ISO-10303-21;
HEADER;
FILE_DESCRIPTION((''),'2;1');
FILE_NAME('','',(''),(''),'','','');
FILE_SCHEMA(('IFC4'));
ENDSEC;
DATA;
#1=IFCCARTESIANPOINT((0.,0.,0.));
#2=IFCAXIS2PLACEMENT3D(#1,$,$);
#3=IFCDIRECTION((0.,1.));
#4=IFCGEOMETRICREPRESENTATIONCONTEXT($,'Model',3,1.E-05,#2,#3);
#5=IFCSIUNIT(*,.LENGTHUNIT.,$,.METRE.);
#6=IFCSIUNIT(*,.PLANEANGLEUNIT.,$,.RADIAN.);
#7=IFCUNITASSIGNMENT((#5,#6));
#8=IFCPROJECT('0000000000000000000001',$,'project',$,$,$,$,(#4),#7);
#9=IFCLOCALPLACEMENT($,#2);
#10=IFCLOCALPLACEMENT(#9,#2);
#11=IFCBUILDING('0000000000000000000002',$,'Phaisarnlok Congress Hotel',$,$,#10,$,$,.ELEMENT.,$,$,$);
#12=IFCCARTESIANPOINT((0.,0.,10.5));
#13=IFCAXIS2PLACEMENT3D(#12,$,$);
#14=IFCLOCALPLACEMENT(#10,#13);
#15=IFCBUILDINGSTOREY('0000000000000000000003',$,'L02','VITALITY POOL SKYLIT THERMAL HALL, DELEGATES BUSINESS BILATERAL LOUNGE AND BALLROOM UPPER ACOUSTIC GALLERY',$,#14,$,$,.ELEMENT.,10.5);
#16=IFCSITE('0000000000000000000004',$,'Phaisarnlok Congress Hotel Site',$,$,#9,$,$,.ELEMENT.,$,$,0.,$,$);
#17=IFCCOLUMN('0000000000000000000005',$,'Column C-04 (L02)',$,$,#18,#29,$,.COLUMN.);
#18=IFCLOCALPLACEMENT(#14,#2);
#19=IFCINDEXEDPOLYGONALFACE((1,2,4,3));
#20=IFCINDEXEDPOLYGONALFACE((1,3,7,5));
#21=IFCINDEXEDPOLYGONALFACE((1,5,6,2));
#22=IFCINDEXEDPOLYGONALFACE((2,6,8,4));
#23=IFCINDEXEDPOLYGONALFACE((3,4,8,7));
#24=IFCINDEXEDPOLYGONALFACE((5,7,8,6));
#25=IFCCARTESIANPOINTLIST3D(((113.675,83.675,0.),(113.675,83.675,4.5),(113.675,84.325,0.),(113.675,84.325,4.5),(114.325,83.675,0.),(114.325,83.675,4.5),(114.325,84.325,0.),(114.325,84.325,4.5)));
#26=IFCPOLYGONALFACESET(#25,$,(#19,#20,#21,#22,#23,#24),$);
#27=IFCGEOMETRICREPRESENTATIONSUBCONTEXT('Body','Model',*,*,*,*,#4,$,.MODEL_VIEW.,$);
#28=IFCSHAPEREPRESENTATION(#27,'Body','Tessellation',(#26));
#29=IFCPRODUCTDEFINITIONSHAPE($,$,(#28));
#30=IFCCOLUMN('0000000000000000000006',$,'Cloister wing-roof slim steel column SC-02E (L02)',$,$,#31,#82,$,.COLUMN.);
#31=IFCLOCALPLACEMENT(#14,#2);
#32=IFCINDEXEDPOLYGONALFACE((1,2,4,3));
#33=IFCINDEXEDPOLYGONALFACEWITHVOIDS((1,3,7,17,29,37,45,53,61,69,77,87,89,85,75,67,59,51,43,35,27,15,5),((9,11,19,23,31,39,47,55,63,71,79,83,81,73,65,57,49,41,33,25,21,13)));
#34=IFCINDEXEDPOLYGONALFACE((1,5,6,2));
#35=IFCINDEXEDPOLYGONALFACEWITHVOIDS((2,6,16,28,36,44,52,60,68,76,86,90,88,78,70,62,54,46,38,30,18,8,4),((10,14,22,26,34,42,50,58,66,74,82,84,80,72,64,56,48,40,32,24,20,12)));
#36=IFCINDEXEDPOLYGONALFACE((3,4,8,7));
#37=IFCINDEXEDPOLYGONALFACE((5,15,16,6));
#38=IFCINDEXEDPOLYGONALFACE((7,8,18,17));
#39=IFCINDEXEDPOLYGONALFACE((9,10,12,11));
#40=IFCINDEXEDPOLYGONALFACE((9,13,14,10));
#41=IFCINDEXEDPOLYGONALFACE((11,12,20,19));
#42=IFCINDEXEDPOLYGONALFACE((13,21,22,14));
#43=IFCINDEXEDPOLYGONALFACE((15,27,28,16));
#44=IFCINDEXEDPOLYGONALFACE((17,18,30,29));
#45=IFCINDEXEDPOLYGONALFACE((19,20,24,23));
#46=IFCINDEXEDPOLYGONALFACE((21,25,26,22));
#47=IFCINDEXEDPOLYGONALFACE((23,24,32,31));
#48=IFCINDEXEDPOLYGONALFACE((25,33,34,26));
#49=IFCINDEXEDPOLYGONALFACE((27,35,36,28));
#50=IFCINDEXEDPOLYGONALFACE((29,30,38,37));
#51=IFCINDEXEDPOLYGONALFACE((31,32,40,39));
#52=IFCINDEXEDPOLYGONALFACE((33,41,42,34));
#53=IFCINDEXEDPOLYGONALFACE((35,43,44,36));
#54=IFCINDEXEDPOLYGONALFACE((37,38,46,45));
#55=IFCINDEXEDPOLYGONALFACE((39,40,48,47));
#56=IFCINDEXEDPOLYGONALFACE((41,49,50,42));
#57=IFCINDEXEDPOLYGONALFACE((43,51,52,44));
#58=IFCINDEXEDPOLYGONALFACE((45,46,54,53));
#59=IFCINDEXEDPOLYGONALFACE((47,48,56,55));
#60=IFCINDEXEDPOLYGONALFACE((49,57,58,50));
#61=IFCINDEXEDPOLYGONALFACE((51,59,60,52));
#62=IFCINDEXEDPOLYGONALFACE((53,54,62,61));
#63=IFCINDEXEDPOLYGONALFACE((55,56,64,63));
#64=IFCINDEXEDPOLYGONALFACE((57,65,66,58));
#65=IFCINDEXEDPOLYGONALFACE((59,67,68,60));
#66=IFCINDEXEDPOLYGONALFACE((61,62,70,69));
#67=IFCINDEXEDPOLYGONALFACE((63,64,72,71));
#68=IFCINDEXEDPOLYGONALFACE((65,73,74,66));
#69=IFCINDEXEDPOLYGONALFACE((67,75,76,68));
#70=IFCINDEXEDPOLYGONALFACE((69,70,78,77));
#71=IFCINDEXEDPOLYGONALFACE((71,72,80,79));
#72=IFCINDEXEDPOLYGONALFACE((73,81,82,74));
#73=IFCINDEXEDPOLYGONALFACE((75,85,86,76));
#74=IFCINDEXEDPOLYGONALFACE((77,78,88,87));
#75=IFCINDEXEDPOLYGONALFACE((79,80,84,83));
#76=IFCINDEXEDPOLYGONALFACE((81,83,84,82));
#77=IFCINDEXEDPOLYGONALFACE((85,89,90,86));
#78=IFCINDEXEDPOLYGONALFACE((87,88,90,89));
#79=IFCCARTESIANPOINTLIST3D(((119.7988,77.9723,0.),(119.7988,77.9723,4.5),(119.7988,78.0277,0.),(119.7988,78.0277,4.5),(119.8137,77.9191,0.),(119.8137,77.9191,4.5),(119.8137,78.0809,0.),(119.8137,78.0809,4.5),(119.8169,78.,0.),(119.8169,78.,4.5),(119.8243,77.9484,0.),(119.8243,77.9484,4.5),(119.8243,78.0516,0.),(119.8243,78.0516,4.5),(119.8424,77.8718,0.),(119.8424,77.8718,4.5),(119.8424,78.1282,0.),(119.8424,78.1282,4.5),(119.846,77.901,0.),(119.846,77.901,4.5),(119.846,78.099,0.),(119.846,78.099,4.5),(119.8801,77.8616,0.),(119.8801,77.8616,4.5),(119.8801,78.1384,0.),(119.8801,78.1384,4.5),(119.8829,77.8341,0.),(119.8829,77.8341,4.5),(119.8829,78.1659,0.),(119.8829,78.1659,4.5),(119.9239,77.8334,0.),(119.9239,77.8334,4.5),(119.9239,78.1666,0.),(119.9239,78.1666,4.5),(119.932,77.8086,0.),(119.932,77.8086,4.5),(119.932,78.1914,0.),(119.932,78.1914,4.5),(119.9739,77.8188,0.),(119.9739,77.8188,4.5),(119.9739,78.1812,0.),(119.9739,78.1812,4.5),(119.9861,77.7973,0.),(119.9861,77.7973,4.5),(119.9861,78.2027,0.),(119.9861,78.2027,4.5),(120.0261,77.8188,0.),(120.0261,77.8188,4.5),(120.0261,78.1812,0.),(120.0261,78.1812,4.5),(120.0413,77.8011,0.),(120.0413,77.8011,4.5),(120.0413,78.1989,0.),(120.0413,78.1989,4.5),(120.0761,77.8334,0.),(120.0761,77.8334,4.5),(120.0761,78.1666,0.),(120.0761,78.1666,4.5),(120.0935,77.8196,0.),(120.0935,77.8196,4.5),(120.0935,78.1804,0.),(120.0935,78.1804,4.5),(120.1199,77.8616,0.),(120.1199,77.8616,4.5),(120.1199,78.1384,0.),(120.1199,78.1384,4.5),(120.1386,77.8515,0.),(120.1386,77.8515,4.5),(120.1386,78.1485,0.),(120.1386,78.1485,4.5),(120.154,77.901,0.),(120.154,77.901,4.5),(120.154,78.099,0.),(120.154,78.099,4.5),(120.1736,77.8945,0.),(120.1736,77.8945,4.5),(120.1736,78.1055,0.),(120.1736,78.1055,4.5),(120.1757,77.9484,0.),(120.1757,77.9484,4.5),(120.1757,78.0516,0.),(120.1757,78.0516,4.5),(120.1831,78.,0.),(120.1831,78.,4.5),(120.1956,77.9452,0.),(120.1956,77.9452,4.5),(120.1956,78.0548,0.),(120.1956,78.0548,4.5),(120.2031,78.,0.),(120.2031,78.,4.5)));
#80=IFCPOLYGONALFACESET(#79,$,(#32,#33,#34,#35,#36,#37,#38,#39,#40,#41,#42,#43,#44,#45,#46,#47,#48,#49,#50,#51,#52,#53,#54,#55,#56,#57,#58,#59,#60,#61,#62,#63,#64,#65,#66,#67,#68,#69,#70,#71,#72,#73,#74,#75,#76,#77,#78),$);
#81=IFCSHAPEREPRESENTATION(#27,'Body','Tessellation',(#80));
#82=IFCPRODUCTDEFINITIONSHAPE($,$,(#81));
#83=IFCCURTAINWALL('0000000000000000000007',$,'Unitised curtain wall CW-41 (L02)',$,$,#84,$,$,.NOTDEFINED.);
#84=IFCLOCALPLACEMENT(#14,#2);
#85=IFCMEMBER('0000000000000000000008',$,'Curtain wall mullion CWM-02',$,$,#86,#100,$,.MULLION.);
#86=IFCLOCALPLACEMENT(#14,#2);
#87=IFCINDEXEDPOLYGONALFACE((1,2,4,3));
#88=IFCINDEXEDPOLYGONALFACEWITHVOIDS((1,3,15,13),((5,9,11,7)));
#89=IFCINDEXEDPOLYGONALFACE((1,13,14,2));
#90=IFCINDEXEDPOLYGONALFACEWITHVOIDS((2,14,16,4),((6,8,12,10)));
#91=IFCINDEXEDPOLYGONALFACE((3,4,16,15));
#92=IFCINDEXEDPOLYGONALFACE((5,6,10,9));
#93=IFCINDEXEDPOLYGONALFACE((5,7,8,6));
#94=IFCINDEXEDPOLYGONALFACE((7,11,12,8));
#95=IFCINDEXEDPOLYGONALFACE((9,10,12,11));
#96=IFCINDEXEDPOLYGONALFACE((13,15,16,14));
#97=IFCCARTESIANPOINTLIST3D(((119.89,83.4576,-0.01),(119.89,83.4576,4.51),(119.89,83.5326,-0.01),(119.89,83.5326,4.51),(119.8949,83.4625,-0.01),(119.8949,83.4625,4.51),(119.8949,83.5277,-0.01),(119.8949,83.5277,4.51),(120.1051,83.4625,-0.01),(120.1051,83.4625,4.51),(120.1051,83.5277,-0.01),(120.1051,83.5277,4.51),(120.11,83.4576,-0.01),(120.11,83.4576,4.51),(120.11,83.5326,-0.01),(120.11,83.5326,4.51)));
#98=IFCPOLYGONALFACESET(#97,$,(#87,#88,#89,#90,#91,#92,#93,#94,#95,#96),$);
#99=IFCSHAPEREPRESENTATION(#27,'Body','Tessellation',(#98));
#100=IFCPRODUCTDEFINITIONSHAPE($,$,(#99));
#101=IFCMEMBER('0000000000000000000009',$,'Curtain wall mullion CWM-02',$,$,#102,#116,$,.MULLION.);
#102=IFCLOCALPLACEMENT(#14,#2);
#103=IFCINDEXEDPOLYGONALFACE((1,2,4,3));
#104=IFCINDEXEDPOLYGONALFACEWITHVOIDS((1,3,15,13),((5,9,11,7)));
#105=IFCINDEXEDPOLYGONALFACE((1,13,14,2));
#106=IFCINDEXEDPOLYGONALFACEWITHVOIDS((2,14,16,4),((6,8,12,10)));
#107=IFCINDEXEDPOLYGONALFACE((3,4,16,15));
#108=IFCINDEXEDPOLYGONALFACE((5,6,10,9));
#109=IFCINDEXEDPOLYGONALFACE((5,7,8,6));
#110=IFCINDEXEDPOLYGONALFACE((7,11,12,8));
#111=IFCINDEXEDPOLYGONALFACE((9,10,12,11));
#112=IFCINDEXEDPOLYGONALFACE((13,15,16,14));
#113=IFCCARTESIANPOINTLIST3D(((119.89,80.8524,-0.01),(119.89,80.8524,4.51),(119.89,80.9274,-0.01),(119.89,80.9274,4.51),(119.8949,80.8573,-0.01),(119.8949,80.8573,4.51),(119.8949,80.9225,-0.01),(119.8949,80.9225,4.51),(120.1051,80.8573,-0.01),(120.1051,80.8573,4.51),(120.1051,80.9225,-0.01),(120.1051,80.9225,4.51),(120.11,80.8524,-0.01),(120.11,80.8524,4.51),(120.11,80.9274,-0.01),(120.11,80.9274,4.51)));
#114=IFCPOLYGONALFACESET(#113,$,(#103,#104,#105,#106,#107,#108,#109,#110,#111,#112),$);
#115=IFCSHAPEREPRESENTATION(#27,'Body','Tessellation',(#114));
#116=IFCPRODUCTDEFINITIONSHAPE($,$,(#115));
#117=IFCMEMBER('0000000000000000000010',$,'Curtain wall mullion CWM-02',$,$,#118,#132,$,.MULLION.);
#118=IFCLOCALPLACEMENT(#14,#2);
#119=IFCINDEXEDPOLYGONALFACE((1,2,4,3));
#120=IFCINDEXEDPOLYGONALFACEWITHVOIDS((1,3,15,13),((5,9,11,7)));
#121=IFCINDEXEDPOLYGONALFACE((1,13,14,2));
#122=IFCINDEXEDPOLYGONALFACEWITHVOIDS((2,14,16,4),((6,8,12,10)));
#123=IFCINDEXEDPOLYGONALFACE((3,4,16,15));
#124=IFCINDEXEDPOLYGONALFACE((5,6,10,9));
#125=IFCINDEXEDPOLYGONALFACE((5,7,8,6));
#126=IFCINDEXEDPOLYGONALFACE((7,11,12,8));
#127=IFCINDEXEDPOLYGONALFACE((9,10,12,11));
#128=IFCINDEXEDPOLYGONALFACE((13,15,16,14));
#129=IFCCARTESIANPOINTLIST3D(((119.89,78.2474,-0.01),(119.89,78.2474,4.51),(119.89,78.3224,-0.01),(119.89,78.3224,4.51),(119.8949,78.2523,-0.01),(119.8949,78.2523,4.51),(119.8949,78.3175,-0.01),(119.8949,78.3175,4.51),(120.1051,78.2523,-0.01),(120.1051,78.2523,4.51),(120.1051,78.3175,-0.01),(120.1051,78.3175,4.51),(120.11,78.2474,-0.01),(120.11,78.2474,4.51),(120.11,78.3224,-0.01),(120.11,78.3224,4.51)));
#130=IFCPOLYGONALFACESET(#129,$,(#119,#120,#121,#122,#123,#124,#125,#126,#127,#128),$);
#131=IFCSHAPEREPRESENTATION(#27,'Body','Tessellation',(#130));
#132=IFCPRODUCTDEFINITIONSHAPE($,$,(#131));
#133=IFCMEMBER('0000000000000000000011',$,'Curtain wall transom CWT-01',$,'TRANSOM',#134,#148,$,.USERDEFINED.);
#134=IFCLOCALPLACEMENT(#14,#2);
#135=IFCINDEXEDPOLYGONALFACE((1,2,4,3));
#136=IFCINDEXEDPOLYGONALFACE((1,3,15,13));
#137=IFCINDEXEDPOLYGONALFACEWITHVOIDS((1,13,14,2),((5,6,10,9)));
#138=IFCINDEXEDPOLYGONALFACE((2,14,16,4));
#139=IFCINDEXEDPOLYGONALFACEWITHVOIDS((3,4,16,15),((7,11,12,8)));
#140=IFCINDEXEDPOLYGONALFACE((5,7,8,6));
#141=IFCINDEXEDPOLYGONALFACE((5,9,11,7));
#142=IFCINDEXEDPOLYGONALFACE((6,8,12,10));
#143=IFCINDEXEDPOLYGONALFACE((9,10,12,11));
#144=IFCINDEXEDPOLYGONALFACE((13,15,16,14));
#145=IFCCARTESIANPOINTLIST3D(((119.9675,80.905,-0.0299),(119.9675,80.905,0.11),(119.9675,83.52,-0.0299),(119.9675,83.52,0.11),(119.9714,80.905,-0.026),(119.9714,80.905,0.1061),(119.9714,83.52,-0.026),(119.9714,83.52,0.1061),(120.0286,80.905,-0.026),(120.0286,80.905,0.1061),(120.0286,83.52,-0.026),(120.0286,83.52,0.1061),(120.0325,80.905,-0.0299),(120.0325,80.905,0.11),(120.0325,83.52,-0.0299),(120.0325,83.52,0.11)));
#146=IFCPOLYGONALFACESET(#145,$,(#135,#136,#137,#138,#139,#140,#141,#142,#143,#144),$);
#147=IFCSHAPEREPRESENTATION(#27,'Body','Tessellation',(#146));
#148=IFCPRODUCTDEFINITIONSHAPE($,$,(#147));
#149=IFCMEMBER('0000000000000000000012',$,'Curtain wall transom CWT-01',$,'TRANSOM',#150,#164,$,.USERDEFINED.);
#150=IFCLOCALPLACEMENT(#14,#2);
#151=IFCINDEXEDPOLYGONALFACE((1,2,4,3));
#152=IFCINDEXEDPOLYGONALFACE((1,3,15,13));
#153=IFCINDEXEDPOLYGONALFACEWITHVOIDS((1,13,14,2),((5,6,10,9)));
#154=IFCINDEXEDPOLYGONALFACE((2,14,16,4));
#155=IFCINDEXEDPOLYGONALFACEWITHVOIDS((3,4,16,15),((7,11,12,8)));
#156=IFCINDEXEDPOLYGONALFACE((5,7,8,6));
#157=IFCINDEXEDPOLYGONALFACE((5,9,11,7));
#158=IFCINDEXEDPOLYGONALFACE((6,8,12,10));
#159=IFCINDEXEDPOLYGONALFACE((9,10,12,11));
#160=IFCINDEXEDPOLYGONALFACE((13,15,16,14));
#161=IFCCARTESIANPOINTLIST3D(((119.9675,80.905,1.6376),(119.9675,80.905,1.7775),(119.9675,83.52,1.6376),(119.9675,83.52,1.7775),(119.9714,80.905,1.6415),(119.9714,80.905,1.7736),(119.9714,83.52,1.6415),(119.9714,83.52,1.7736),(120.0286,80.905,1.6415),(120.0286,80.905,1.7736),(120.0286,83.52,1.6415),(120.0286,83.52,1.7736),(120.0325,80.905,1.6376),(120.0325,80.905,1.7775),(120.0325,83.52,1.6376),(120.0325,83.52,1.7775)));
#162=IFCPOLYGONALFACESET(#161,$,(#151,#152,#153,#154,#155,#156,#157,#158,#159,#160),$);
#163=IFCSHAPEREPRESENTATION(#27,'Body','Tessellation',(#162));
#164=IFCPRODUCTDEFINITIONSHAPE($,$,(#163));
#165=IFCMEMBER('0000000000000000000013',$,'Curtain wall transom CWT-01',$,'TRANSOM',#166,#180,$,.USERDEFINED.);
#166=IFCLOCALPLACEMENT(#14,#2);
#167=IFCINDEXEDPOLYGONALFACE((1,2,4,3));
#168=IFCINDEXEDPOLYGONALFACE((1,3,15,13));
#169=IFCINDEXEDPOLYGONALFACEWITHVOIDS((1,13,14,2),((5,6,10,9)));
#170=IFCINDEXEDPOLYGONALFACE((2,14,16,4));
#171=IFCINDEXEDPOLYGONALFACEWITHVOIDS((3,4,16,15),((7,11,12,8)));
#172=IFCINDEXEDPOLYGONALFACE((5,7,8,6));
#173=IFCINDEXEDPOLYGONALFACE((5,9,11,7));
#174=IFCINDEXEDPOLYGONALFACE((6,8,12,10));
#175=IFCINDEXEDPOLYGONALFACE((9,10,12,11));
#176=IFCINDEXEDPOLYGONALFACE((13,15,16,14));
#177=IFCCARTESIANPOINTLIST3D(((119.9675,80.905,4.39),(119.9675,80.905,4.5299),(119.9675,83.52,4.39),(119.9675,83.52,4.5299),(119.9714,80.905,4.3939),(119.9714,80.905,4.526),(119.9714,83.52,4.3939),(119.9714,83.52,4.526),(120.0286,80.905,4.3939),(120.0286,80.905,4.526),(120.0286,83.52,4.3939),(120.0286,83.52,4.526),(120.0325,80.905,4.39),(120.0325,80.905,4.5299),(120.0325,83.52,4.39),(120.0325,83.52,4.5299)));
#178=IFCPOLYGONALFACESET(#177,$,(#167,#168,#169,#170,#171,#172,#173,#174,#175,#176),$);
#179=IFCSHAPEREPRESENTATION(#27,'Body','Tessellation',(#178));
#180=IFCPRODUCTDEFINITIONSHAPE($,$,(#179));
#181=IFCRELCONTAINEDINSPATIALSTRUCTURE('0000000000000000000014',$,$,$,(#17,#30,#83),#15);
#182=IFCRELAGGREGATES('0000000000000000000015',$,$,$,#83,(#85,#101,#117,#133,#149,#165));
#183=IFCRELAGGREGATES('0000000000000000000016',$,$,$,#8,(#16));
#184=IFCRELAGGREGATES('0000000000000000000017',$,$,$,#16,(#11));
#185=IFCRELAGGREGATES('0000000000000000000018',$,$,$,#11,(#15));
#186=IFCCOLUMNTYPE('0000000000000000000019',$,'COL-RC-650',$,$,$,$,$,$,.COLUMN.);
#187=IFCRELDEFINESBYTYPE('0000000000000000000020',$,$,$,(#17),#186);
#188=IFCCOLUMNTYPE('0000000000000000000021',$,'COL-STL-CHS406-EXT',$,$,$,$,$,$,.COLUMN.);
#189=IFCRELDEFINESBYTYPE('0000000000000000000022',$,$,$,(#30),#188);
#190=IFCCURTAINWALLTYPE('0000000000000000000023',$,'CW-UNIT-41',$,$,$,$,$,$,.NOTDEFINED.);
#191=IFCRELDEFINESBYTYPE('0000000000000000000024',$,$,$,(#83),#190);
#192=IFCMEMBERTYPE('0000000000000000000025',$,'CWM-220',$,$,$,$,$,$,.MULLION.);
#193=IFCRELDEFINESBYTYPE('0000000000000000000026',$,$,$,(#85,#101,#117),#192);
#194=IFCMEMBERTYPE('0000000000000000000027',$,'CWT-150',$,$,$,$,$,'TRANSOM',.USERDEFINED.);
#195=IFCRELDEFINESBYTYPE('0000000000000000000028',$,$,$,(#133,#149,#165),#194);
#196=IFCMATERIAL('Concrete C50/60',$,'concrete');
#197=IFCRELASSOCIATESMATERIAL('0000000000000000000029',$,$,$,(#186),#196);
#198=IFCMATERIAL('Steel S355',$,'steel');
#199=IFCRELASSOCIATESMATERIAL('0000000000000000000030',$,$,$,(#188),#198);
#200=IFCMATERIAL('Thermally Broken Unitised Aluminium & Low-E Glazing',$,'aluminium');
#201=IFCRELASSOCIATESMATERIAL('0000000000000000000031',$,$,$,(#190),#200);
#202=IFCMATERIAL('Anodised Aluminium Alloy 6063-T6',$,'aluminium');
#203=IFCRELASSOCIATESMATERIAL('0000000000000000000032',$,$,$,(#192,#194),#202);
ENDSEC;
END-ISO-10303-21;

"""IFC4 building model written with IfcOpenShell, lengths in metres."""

from ifc_helpers import new_model, si_unit, direction, frame, origin, origin_2d, place, context, subcontext, project, spatial, rectangle, hollow_rectangle, hollow_circle, extrude, material, material_profile, profile_set, type_object, element, aggregate, save


model = new_model("IFC4")

# Units and contexts
model_context = context("Model", 3, precision=1e-05, world=origin(), true_north=direction((0.0, 1.0)))
body_context = subcontext(model_context, "Body", "Model", "MODEL_VIEW")
ifc_project = project(units=[si_unit("LENGTHUNIT", "METRE"), si_unit("PLANEANGLEUNIT", "RADIAN")], contexts=[model_context])

# Site, building, storey
site_placement = place(None, origin())
site = spatial("IfcSite", under=ifc_project, at=site_placement, Name="Phaisarnlok Congress Hotel Site", CompositionType="ELEMENT", RefElevation=0.0)
building_placement = place(site_placement, origin())
building = spatial("IfcBuilding", under=site, at=building_placement, Name="Phaisarnlok Congress Hotel", CompositionType="ELEMENT")
storey_placement = place(building_placement, frame((0.0, 0.0, 10.5)))
storey = spatial("IfcBuildingStorey", under=building, at=storey_placement, Name="L02", Description="VITALITY POOL SKYLIT THERMAL HALL, DELEGATES BUSINESS BILATERAL LOUNGE AND BALLROOM UPPER ACOUSTIC GALLERY", CompositionType="ELEMENT", Elevation=10.5)

# Columns
ifc_material_1 = material(Name="Concrete C50/60", Category="concrete")
ifc_material_profile_1 = material_profile(ifc_material_1, rectangle(XDim=0.6499, YDim=0.6499, at=origin_2d()), Name="RC 650x650")
ifc_profile_set_1 = profile_set([ifc_material_profile_1], Name="Concrete C50/60")
column_type_1 = type_object("IfcColumnType", Name="COL-RC-650", PredefinedType="COLUMN", material=ifc_profile_set_1)
column_1_placement = place(storey_placement, frame((114.0, 84.0, 0.0), z_axis=(0.0, 0.0, 1.0), x_axis=(1.0, 0.0, 0.0)))
element("IfcColumn", 1, at=column_1_placement, inside=storey, type_object=column_type_1, Name="Column C-04 (L02)", PredefinedType="COLUMN", context=body_context, shape_type="SweptSolid", body=[
    extrude(rectangle(XDim=0.6499, YDim=0.6499, at=origin_2d()), origin(), (0.0, 0.0, 1.0), 4.5),
])
ifc_material_2 = material(Name="Steel S355", Category="steel")
ifc_material_profile_2 = material_profile(ifc_material_2, hollow_circle(Radius=0.2031, WallThickness=0.02, at=origin_2d()), Name="CHS 406.4x20")
ifc_profile_set_2 = profile_set([ifc_material_profile_2], Name="Steel S355")
column_type_2 = type_object("IfcColumnType", Name="COL-STL-CHS406-EXT", PredefinedType="COLUMN", material=ifc_profile_set_2)
column_2_placement = place(storey_placement, frame((120.0, 78.0, 0.0), z_axis=(0.0, 0.0, 1.0), x_axis=(1.0, 0.0, 0.0)))
element("IfcColumn", 2, at=column_2_placement, inside=storey, type_object=column_type_2, Name="Cloister wing-roof slim steel column SC-02E (L02)", PredefinedType="COLUMN", context=body_context, shape_type="SweptSolid", body=[
    extrude(hollow_circle(Radius=0.2031, WallThickness=0.02, at=origin_2d()), origin(), (0.0, 0.0, 1.0), 4.5),
])

# Curtain wall, members
ifc_material_3 = material(Name="Thermally Broken Unitised Aluminium & Low-E Glazing", Category="aluminium")
curtain_wall_type = type_object("IfcCurtainWallType", Name="CW-UNIT-41", PredefinedType="NOTDEFINED", material=ifc_material_3)
curtain_wall_placement = place(storey_placement, origin())
curtain_wall = element("IfcCurtainWall", 3, at=curtain_wall_placement, inside=storey, type_object=curtain_wall_type, Name="Unitised curtain wall CW-41 (L02)", PredefinedType="NOTDEFINED")
ifc_material_4 = material(Name="Anodised Aluminium Alloy 6063-T6", Category="aluminium")
ifc_material_profile_3 = material_profile(ifc_material_4, hollow_rectangle(XDim=0.075, YDim=0.22, WallThickness=0.0049, at=origin_2d()), Name="ALU-M 75x220x5")
ifc_profile_set_3 = profile_set([ifc_material_profile_3], Name="Anodised Aluminium Alloy 6063-T6")
member_type_1 = type_object("IfcMemberType", Name="CWM-220", PredefinedType="MULLION", material=ifc_profile_set_3)
member_1_placement = place(storey_placement, frame((120.0, 83.4951, -0.01), z_axis=(0.0, 0.0, 1.0), x_axis=(0.0, -1.0, 0.0)))
member_1 = element("IfcMember", 4, at=member_1_placement, type_object=member_type_1, Name="Curtain wall mullion CWM-02", PredefinedType="MULLION", context=body_context, shape_type="SweptSolid", body=[
    extrude(hollow_rectangle(XDim=0.075, YDim=0.22, WallThickness=0.0049, at=origin_2d()), origin(), (0.0, 0.0, 1.0), 4.52),
])
member_2_placement = place(storey_placement, frame((120.0, 80.8899, -0.01), z_axis=(0.0, 0.0, 1.0), x_axis=(0.0, -1.0, 0.0)))
member_2 = element("IfcMember", 5, at=member_2_placement, type_object=member_type_1, Name="Curtain wall mullion CWM-02", PredefinedType="MULLION", context=body_context, shape_type="SweptSolid", body=[
    extrude(hollow_rectangle(XDim=0.075, YDim=0.22, WallThickness=0.0049, at=origin_2d()), origin(), (0.0, 0.0, 1.0), 4.52),
])
member_3_placement = place(storey_placement, frame((120.0, 78.2849, -0.01), z_axis=(0.0, 0.0, 1.0), x_axis=(0.0, -1.0, 0.0)))
member_3 = element("IfcMember", 6, at=member_3_placement, type_object=member_type_1, Name="Curtain wall mullion CWM-02", PredefinedType="MULLION", context=body_context, shape_type="SweptSolid", body=[
    extrude(hollow_rectangle(XDim=0.075, YDim=0.22, WallThickness=0.0049, at=origin_2d()), origin(), (0.0, 0.0, 1.0), 4.52),
])
ifc_material_profile_4 = material_profile(ifc_material_4, hollow_rectangle(XDim=0.0649, YDim=0.1399, WallThickness=0.0039, at=origin_2d()), Name="ALU-T 65x140x4")
ifc_profile_set_4 = profile_set([ifc_material_profile_4], Name="Anodised Aluminium Alloy 6063-T6")
member_type_2 = type_object("IfcMemberType", Name="CWT-150", ElementType="TRANSOM", PredefinedType="USERDEFINED", material=ifc_profile_set_4)
member_4_placement = place(storey_placement, frame((120.0, 83.52, 0.04), z_axis=(0.0, -1.0, 0.0), x_axis=(1.0, 0.0, 0.0)))
member_4 = element("IfcMember", 7, at=member_4_placement, type_object=member_type_2, Name="Curtain wall transom CWT-01", ObjectType="TRANSOM", PredefinedType="USERDEFINED", context=body_context, shape_type="SweptSolid", body=[
    extrude(hollow_rectangle(XDim=0.0649, YDim=0.1399, WallThickness=0.0039, at=origin_2d()), origin(), (0.0, 0.0, 1.0), 2.615),
])
member_5_placement = place(storey_placement, frame((120.0, 83.52, 1.7075), z_axis=(0.0, -1.0, 0.0), x_axis=(1.0, 0.0, 0.0)))
member_5 = element("IfcMember", 8, at=member_5_placement, type_object=member_type_2, Name="Curtain wall transom CWT-01", ObjectType="TRANSOM", PredefinedType="USERDEFINED", context=body_context, shape_type="SweptSolid", body=[
    extrude(hollow_rectangle(XDim=0.0649, YDim=0.1399, WallThickness=0.0039, at=origin_2d()), origin(), (0.0, 0.0, 1.0), 2.615),
])
member_6_placement = place(storey_placement, frame((120.0, 83.52, 4.46), z_axis=(0.0, -1.0, 0.0), x_axis=(1.0, 0.0, 0.0)))
member_6 = element("IfcMember", 9, at=member_6_placement, type_object=member_type_2, Name="Curtain wall transom CWT-01", ObjectType="TRANSOM", PredefinedType="USERDEFINED", context=body_context, shape_type="SweptSolid", body=[
    extrude(hollow_rectangle(XDim=0.0649, YDim=0.1399, WallThickness=0.0039, at=origin_2d()), origin(), (0.0, 0.0, 1.0), 2.615),
])

aggregate(curtain_wall, [member_1, member_2, member_3, member_4, member_5, member_6])

save(model, "model.ifc")
